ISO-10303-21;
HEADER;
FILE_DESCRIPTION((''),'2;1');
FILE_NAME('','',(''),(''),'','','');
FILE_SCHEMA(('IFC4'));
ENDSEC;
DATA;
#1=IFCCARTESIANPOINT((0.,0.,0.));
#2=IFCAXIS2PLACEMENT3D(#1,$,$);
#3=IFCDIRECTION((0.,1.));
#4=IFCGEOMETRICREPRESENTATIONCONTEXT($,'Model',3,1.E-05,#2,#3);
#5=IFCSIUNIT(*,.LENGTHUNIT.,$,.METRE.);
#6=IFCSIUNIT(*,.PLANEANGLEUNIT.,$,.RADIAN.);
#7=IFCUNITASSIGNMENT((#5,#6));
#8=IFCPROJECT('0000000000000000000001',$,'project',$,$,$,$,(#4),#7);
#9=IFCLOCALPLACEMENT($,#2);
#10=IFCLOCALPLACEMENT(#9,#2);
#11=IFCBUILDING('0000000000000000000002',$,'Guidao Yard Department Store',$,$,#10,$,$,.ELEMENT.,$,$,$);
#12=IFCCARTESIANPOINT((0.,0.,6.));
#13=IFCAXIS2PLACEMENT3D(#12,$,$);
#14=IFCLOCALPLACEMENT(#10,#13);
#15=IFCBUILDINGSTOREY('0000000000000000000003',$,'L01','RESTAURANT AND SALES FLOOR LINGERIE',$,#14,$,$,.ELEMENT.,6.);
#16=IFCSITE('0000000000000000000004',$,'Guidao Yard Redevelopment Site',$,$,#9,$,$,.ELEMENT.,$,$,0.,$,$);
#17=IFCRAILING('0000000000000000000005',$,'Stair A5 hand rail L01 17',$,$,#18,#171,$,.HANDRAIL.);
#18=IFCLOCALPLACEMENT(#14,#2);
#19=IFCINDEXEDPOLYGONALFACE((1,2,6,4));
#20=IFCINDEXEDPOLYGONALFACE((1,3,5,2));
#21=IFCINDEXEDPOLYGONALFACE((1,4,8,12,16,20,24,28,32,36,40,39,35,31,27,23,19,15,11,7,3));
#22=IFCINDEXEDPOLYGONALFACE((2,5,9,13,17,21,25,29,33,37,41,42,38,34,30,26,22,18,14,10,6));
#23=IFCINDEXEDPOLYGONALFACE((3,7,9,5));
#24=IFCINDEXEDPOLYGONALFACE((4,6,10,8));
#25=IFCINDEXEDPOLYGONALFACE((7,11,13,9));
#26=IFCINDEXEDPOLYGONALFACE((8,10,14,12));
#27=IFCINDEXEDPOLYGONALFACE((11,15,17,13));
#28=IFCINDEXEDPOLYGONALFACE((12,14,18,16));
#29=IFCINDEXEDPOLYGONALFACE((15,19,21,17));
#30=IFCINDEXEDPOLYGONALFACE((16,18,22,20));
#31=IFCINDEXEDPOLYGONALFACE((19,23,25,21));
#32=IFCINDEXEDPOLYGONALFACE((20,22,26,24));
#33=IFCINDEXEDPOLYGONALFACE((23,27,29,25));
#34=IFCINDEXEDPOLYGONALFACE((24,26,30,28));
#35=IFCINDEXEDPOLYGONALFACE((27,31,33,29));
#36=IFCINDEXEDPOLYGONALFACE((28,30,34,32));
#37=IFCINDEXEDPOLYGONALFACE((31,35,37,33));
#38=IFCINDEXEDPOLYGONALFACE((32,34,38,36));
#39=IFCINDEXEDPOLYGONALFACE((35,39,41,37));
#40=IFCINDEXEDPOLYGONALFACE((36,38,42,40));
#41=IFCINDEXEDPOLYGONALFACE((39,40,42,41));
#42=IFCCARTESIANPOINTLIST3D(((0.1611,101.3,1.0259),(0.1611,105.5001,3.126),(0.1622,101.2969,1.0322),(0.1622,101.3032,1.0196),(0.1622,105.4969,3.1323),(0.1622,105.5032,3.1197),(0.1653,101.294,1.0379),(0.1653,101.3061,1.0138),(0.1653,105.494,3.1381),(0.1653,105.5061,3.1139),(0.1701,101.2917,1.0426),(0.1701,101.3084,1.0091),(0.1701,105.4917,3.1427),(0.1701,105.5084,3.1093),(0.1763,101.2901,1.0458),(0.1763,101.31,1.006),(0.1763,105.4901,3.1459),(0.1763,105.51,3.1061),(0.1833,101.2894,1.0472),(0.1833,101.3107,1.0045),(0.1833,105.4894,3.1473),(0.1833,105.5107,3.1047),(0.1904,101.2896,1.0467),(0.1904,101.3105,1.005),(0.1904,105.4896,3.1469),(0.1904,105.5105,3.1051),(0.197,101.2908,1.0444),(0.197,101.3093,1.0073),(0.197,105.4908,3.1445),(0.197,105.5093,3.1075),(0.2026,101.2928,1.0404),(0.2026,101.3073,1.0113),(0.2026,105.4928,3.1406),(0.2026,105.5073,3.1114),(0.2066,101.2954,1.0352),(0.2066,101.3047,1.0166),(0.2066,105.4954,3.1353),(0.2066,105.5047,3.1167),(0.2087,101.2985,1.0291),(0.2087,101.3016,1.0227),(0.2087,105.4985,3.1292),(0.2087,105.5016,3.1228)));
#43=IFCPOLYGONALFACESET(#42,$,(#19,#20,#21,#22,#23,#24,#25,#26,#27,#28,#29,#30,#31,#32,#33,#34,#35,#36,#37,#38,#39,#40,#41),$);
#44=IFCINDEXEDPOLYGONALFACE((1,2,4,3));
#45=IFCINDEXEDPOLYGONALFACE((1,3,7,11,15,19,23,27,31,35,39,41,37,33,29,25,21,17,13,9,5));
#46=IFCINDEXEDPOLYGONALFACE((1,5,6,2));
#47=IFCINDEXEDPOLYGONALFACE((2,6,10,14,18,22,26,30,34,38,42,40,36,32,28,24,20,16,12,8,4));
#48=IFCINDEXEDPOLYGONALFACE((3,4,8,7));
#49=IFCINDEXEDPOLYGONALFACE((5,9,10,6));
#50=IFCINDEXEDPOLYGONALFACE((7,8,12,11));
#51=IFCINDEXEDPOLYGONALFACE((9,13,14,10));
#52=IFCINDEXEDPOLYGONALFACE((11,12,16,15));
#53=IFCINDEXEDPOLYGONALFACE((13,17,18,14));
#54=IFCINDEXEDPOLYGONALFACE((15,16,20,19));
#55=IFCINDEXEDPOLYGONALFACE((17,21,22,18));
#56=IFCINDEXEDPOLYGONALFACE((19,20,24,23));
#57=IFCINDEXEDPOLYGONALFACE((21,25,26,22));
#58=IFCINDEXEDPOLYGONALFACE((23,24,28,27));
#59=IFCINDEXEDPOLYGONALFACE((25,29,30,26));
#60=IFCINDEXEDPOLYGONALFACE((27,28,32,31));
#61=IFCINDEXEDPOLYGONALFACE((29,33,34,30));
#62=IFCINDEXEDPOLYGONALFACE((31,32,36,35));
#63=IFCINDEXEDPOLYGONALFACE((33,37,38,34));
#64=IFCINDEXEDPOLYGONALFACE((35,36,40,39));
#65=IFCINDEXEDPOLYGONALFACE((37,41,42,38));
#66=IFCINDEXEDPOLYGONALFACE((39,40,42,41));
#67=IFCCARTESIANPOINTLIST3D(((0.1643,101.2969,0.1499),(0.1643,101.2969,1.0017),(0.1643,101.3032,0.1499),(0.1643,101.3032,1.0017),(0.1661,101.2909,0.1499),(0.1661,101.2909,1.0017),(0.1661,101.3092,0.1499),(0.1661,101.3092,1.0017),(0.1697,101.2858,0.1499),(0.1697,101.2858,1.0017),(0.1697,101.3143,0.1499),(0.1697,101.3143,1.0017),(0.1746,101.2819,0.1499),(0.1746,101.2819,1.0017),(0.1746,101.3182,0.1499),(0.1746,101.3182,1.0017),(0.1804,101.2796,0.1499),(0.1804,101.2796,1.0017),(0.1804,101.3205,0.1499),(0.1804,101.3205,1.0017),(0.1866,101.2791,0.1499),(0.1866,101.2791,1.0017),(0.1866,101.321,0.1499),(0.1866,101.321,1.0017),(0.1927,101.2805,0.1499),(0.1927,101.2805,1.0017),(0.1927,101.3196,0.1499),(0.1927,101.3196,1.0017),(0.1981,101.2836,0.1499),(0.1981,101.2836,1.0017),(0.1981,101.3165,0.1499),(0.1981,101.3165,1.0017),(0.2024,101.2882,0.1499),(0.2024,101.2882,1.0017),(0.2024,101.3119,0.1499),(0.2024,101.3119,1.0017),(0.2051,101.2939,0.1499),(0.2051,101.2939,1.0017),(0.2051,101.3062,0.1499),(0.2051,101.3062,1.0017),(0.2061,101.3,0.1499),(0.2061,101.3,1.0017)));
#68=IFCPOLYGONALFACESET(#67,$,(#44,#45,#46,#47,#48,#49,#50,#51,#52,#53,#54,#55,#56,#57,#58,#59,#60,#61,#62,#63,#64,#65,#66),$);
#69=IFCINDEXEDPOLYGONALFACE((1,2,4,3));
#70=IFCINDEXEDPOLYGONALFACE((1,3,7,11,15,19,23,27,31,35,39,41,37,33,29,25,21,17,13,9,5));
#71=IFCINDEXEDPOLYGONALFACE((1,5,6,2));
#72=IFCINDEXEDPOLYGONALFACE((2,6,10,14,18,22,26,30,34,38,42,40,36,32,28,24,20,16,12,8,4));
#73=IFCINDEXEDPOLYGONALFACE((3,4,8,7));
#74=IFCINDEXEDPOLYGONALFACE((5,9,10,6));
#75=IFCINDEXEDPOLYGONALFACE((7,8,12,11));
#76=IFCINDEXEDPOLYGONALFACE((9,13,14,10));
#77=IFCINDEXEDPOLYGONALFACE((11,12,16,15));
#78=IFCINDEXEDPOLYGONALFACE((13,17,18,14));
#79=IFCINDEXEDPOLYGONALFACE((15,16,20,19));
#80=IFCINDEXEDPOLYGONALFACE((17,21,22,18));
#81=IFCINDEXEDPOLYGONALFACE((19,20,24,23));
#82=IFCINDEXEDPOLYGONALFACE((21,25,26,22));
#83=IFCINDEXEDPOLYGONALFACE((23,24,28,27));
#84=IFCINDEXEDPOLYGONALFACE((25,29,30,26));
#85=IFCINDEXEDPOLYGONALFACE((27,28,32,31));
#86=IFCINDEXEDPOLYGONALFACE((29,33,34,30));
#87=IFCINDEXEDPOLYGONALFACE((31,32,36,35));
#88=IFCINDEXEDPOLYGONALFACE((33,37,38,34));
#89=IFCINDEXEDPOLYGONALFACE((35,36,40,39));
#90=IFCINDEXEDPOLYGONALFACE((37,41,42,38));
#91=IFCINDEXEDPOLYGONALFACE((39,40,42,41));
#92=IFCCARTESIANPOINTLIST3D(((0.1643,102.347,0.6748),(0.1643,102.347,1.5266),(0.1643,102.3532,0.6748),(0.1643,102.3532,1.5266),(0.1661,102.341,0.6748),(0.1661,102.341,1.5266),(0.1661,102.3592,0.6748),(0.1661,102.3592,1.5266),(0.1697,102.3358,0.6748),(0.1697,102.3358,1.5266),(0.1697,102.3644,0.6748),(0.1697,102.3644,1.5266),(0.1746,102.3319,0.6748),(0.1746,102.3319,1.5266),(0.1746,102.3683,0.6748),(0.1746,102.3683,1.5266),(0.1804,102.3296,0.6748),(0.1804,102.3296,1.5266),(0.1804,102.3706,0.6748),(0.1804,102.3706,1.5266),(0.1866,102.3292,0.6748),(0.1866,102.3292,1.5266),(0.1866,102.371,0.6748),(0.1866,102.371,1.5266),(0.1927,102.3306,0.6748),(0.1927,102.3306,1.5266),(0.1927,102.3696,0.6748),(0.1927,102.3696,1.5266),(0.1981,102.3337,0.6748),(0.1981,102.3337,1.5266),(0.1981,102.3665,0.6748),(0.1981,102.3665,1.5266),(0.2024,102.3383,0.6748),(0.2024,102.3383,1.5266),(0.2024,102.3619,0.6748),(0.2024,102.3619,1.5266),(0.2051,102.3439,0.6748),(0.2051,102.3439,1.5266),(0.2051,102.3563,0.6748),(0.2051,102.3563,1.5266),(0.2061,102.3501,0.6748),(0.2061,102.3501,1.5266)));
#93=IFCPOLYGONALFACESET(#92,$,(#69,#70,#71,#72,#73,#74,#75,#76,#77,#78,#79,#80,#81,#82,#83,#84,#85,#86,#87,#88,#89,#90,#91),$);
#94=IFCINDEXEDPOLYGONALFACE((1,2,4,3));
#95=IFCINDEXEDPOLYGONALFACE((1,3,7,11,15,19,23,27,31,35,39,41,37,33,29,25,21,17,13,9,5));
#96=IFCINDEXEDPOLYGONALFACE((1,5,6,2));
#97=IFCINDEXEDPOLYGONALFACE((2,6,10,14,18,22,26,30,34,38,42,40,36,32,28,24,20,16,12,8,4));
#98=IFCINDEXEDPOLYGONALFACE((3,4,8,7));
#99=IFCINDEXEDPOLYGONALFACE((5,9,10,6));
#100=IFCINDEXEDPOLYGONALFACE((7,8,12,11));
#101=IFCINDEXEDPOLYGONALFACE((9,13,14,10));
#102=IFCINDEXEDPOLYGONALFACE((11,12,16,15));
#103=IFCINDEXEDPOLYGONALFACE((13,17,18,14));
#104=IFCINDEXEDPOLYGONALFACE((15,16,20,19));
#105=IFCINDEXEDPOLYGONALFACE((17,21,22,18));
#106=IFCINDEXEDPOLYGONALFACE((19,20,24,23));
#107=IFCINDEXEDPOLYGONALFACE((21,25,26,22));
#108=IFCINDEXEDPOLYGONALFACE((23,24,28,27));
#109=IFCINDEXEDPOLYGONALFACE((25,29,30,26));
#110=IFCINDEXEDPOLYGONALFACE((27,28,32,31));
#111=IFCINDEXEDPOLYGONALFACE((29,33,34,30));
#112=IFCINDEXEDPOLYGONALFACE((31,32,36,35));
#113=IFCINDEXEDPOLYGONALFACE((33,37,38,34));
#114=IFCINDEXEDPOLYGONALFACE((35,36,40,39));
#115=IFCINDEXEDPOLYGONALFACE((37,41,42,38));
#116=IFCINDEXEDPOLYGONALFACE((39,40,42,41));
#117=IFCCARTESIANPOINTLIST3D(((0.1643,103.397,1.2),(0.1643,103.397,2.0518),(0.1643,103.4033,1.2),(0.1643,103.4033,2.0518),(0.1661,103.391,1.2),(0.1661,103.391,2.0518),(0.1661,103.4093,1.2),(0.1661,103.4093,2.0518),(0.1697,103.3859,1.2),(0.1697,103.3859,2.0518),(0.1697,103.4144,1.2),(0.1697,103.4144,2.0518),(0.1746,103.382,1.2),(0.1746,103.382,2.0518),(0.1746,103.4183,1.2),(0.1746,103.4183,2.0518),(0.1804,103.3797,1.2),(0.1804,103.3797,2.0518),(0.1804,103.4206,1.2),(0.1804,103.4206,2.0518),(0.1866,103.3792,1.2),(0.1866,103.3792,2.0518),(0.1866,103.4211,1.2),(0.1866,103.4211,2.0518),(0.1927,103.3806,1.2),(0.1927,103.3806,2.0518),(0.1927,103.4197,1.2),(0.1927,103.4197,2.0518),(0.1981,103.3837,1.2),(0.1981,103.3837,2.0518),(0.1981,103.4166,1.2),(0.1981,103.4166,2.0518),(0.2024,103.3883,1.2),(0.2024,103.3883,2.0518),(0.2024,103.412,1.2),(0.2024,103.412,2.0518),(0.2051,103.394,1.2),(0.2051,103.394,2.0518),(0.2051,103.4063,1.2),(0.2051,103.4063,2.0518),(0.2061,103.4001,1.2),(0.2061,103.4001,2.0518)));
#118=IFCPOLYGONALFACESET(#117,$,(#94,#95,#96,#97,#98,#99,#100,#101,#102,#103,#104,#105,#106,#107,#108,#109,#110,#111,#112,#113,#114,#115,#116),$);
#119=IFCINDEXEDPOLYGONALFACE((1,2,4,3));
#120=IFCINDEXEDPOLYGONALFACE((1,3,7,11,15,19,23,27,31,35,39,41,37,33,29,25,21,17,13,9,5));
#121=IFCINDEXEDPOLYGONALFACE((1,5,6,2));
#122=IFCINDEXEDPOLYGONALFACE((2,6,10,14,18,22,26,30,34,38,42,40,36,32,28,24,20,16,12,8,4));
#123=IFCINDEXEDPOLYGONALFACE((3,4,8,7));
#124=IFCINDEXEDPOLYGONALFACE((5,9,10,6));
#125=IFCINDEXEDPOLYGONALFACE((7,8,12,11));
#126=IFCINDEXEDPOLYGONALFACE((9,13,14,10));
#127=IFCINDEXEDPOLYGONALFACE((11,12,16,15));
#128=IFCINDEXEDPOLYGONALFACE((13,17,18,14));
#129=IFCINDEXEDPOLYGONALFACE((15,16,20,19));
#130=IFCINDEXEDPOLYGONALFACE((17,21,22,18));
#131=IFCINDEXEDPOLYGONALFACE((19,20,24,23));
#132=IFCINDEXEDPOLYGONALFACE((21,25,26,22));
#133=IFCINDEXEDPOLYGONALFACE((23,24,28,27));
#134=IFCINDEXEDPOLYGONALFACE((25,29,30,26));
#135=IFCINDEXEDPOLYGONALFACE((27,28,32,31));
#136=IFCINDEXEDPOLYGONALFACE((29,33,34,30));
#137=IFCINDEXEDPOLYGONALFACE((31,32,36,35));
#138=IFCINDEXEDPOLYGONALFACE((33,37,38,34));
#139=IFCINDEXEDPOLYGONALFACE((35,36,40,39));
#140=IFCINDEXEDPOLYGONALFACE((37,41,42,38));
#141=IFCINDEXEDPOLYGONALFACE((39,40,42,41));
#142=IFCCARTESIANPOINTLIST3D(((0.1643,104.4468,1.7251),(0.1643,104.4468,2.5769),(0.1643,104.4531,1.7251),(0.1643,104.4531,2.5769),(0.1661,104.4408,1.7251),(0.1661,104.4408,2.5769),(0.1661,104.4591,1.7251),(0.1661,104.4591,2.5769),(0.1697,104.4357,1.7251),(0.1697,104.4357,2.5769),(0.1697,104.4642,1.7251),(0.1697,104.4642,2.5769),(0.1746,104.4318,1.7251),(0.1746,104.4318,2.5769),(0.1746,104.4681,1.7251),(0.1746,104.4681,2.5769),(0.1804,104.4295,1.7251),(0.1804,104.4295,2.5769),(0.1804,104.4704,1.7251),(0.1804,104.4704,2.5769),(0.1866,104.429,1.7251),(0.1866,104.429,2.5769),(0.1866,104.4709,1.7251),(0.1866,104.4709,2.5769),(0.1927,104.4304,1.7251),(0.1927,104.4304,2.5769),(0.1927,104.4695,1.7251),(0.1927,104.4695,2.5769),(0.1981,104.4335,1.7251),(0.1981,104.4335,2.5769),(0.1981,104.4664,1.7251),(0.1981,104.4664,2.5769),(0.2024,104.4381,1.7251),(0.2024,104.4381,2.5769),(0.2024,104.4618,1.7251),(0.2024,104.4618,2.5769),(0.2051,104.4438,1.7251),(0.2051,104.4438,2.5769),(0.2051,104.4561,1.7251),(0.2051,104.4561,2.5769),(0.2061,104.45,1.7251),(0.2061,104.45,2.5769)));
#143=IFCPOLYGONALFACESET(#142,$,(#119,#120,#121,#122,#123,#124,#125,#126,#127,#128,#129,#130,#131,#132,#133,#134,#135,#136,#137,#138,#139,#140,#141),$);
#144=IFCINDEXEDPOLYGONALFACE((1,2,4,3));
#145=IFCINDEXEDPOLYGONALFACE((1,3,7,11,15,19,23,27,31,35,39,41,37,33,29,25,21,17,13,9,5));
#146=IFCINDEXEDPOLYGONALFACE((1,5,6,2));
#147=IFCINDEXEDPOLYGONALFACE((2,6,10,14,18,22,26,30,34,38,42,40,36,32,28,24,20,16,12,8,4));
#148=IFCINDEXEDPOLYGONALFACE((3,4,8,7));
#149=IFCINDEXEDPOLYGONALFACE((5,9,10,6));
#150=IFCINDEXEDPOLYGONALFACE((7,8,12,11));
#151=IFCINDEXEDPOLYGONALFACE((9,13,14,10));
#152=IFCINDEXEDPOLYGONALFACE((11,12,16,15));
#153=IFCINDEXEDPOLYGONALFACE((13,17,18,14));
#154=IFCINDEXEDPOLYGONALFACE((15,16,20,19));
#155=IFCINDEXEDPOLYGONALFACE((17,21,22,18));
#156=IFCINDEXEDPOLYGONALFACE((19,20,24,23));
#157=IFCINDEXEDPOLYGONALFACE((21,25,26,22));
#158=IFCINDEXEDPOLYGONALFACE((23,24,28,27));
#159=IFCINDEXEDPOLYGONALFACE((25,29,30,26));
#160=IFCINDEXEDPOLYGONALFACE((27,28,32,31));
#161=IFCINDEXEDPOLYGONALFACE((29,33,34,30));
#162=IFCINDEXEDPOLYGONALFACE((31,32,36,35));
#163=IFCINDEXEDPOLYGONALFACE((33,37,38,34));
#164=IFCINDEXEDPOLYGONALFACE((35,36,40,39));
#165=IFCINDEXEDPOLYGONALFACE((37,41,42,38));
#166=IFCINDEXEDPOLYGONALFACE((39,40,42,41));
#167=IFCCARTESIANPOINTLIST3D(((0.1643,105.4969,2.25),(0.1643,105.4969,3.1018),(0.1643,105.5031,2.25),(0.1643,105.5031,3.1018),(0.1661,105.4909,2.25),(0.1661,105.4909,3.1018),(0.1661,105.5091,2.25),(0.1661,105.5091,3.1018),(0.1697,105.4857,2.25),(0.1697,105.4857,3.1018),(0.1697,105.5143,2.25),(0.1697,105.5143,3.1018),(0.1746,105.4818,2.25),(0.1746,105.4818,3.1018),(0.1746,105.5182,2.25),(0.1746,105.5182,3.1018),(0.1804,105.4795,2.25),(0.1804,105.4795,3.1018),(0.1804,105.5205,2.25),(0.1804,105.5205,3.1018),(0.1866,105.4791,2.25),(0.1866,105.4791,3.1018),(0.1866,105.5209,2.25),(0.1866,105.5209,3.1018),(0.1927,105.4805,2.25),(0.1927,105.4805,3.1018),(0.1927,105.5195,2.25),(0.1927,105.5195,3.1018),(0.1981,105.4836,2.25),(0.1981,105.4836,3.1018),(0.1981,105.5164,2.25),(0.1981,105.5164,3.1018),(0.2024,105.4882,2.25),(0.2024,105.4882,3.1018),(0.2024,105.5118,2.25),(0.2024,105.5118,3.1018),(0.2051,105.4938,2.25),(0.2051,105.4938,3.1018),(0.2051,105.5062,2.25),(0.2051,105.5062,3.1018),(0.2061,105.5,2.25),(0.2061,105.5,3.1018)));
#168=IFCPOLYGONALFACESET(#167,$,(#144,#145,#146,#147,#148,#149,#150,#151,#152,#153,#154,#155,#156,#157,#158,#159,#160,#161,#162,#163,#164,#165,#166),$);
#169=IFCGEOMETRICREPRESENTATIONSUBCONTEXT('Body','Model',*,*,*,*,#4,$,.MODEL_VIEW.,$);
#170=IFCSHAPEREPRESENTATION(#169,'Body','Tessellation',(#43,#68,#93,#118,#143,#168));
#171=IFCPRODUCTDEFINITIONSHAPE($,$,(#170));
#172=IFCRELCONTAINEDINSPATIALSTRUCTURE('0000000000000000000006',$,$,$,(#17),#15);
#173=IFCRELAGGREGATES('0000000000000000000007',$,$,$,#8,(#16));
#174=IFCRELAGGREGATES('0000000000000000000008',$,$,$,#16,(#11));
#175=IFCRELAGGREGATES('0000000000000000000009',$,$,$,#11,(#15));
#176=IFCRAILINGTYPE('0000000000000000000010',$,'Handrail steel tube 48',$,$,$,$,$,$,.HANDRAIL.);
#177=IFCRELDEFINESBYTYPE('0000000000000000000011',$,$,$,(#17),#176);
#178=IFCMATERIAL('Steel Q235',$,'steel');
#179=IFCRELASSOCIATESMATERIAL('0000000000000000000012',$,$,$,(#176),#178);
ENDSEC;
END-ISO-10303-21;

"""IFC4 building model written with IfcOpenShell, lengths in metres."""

from ifc_helpers import new_model, si_unit, direction, frame, origin, origin_2d, place, context, subcontext, project, spatial, circle, extrude, material, type_object, element, save


model = new_model("IFC4")

# Units and contexts
model_context = context("Model", 3, precision=1e-05, world=origin(), true_north=direction((0.0, 1.0)))
body_context = subcontext(model_context, "Body", "Model", "MODEL_VIEW")
ifc_project = project(units=[si_unit("LENGTHUNIT", "METRE"), si_unit("PLANEANGLEUNIT", "RADIAN")], contexts=[model_context])

# Site, building, storey
site_placement = place(None, origin())
site = spatial("IfcSite", under=ifc_project, at=site_placement, Name="Guidao Yard Redevelopment Site", CompositionType="ELEMENT", RefElevation=0.0)
building_placement = place(site_placement, origin())
building = spatial("IfcBuilding", under=site, at=building_placement, Name="Guidao Yard Department Store", CompositionType="ELEMENT")
storey_placement = place(building_placement, frame((0.0, 0.0, 6.0)))
storey = spatial("IfcBuildingStorey", under=building, at=storey_placement, Name="L01", Description="RESTAURANT AND SALES FLOOR LINGERIE", CompositionType="ELEMENT", Elevation=6.0)

# Railing
ifc_material_1 = material(Name="Steel Q235", Category="steel")
railing_type_1 = type_object("IfcRailingType", Name="Handrail steel tube 48", PredefinedType="HANDRAIL", material=ifc_material_1)
for number, where, name in (
    (1, (0.1851, 101.3, 0.1499), "Stair A5 hand rail L01 17"),
):
    element("IfcRailing", number, at=place(storey_placement, frame(where)), inside=storey, type_object=railing_type_1, Name=name, PredefinedType="HANDRAIL", context=body_context, shape_type="SweptSolid", body=[
        extrude(circle(Radius=0.0239, at=origin_2d()), frame((0.0, 0.0, 0.876), z_axis=(0.0, 0.894417, 0.447234), x_axis=(-1.0, 0.0, 0.0)), (0.0, 0.0, 1.0), 4.6958),
        extrude(circle(Radius=0.021, at=origin_2d()), origin(), (0.0, 0.0, 1.0), 0.8518),
        extrude(circle(Radius=0.021, at=origin_2d()), frame((0.0, 1.05, 0.5249)), (0.0, 0.0, 1.0), 0.8518),
        extrude(circle(Radius=0.021, at=origin_2d()), frame((0.0, 2.1001, 1.05)), (0.0, 0.0, 1.0), 0.8518),
        extrude(circle(Radius=0.021, at=origin_2d()), frame((0.0, 3.1499, 1.5752)), (0.0, 0.0, 1.0), 0.8518),
        extrude(circle(Radius=0.021, at=origin_2d()), frame((0.0, 4.2, 2.1001)), (0.0, 0.0, 1.0), 0.8518),
    ])

save(model, "model.ifc")
